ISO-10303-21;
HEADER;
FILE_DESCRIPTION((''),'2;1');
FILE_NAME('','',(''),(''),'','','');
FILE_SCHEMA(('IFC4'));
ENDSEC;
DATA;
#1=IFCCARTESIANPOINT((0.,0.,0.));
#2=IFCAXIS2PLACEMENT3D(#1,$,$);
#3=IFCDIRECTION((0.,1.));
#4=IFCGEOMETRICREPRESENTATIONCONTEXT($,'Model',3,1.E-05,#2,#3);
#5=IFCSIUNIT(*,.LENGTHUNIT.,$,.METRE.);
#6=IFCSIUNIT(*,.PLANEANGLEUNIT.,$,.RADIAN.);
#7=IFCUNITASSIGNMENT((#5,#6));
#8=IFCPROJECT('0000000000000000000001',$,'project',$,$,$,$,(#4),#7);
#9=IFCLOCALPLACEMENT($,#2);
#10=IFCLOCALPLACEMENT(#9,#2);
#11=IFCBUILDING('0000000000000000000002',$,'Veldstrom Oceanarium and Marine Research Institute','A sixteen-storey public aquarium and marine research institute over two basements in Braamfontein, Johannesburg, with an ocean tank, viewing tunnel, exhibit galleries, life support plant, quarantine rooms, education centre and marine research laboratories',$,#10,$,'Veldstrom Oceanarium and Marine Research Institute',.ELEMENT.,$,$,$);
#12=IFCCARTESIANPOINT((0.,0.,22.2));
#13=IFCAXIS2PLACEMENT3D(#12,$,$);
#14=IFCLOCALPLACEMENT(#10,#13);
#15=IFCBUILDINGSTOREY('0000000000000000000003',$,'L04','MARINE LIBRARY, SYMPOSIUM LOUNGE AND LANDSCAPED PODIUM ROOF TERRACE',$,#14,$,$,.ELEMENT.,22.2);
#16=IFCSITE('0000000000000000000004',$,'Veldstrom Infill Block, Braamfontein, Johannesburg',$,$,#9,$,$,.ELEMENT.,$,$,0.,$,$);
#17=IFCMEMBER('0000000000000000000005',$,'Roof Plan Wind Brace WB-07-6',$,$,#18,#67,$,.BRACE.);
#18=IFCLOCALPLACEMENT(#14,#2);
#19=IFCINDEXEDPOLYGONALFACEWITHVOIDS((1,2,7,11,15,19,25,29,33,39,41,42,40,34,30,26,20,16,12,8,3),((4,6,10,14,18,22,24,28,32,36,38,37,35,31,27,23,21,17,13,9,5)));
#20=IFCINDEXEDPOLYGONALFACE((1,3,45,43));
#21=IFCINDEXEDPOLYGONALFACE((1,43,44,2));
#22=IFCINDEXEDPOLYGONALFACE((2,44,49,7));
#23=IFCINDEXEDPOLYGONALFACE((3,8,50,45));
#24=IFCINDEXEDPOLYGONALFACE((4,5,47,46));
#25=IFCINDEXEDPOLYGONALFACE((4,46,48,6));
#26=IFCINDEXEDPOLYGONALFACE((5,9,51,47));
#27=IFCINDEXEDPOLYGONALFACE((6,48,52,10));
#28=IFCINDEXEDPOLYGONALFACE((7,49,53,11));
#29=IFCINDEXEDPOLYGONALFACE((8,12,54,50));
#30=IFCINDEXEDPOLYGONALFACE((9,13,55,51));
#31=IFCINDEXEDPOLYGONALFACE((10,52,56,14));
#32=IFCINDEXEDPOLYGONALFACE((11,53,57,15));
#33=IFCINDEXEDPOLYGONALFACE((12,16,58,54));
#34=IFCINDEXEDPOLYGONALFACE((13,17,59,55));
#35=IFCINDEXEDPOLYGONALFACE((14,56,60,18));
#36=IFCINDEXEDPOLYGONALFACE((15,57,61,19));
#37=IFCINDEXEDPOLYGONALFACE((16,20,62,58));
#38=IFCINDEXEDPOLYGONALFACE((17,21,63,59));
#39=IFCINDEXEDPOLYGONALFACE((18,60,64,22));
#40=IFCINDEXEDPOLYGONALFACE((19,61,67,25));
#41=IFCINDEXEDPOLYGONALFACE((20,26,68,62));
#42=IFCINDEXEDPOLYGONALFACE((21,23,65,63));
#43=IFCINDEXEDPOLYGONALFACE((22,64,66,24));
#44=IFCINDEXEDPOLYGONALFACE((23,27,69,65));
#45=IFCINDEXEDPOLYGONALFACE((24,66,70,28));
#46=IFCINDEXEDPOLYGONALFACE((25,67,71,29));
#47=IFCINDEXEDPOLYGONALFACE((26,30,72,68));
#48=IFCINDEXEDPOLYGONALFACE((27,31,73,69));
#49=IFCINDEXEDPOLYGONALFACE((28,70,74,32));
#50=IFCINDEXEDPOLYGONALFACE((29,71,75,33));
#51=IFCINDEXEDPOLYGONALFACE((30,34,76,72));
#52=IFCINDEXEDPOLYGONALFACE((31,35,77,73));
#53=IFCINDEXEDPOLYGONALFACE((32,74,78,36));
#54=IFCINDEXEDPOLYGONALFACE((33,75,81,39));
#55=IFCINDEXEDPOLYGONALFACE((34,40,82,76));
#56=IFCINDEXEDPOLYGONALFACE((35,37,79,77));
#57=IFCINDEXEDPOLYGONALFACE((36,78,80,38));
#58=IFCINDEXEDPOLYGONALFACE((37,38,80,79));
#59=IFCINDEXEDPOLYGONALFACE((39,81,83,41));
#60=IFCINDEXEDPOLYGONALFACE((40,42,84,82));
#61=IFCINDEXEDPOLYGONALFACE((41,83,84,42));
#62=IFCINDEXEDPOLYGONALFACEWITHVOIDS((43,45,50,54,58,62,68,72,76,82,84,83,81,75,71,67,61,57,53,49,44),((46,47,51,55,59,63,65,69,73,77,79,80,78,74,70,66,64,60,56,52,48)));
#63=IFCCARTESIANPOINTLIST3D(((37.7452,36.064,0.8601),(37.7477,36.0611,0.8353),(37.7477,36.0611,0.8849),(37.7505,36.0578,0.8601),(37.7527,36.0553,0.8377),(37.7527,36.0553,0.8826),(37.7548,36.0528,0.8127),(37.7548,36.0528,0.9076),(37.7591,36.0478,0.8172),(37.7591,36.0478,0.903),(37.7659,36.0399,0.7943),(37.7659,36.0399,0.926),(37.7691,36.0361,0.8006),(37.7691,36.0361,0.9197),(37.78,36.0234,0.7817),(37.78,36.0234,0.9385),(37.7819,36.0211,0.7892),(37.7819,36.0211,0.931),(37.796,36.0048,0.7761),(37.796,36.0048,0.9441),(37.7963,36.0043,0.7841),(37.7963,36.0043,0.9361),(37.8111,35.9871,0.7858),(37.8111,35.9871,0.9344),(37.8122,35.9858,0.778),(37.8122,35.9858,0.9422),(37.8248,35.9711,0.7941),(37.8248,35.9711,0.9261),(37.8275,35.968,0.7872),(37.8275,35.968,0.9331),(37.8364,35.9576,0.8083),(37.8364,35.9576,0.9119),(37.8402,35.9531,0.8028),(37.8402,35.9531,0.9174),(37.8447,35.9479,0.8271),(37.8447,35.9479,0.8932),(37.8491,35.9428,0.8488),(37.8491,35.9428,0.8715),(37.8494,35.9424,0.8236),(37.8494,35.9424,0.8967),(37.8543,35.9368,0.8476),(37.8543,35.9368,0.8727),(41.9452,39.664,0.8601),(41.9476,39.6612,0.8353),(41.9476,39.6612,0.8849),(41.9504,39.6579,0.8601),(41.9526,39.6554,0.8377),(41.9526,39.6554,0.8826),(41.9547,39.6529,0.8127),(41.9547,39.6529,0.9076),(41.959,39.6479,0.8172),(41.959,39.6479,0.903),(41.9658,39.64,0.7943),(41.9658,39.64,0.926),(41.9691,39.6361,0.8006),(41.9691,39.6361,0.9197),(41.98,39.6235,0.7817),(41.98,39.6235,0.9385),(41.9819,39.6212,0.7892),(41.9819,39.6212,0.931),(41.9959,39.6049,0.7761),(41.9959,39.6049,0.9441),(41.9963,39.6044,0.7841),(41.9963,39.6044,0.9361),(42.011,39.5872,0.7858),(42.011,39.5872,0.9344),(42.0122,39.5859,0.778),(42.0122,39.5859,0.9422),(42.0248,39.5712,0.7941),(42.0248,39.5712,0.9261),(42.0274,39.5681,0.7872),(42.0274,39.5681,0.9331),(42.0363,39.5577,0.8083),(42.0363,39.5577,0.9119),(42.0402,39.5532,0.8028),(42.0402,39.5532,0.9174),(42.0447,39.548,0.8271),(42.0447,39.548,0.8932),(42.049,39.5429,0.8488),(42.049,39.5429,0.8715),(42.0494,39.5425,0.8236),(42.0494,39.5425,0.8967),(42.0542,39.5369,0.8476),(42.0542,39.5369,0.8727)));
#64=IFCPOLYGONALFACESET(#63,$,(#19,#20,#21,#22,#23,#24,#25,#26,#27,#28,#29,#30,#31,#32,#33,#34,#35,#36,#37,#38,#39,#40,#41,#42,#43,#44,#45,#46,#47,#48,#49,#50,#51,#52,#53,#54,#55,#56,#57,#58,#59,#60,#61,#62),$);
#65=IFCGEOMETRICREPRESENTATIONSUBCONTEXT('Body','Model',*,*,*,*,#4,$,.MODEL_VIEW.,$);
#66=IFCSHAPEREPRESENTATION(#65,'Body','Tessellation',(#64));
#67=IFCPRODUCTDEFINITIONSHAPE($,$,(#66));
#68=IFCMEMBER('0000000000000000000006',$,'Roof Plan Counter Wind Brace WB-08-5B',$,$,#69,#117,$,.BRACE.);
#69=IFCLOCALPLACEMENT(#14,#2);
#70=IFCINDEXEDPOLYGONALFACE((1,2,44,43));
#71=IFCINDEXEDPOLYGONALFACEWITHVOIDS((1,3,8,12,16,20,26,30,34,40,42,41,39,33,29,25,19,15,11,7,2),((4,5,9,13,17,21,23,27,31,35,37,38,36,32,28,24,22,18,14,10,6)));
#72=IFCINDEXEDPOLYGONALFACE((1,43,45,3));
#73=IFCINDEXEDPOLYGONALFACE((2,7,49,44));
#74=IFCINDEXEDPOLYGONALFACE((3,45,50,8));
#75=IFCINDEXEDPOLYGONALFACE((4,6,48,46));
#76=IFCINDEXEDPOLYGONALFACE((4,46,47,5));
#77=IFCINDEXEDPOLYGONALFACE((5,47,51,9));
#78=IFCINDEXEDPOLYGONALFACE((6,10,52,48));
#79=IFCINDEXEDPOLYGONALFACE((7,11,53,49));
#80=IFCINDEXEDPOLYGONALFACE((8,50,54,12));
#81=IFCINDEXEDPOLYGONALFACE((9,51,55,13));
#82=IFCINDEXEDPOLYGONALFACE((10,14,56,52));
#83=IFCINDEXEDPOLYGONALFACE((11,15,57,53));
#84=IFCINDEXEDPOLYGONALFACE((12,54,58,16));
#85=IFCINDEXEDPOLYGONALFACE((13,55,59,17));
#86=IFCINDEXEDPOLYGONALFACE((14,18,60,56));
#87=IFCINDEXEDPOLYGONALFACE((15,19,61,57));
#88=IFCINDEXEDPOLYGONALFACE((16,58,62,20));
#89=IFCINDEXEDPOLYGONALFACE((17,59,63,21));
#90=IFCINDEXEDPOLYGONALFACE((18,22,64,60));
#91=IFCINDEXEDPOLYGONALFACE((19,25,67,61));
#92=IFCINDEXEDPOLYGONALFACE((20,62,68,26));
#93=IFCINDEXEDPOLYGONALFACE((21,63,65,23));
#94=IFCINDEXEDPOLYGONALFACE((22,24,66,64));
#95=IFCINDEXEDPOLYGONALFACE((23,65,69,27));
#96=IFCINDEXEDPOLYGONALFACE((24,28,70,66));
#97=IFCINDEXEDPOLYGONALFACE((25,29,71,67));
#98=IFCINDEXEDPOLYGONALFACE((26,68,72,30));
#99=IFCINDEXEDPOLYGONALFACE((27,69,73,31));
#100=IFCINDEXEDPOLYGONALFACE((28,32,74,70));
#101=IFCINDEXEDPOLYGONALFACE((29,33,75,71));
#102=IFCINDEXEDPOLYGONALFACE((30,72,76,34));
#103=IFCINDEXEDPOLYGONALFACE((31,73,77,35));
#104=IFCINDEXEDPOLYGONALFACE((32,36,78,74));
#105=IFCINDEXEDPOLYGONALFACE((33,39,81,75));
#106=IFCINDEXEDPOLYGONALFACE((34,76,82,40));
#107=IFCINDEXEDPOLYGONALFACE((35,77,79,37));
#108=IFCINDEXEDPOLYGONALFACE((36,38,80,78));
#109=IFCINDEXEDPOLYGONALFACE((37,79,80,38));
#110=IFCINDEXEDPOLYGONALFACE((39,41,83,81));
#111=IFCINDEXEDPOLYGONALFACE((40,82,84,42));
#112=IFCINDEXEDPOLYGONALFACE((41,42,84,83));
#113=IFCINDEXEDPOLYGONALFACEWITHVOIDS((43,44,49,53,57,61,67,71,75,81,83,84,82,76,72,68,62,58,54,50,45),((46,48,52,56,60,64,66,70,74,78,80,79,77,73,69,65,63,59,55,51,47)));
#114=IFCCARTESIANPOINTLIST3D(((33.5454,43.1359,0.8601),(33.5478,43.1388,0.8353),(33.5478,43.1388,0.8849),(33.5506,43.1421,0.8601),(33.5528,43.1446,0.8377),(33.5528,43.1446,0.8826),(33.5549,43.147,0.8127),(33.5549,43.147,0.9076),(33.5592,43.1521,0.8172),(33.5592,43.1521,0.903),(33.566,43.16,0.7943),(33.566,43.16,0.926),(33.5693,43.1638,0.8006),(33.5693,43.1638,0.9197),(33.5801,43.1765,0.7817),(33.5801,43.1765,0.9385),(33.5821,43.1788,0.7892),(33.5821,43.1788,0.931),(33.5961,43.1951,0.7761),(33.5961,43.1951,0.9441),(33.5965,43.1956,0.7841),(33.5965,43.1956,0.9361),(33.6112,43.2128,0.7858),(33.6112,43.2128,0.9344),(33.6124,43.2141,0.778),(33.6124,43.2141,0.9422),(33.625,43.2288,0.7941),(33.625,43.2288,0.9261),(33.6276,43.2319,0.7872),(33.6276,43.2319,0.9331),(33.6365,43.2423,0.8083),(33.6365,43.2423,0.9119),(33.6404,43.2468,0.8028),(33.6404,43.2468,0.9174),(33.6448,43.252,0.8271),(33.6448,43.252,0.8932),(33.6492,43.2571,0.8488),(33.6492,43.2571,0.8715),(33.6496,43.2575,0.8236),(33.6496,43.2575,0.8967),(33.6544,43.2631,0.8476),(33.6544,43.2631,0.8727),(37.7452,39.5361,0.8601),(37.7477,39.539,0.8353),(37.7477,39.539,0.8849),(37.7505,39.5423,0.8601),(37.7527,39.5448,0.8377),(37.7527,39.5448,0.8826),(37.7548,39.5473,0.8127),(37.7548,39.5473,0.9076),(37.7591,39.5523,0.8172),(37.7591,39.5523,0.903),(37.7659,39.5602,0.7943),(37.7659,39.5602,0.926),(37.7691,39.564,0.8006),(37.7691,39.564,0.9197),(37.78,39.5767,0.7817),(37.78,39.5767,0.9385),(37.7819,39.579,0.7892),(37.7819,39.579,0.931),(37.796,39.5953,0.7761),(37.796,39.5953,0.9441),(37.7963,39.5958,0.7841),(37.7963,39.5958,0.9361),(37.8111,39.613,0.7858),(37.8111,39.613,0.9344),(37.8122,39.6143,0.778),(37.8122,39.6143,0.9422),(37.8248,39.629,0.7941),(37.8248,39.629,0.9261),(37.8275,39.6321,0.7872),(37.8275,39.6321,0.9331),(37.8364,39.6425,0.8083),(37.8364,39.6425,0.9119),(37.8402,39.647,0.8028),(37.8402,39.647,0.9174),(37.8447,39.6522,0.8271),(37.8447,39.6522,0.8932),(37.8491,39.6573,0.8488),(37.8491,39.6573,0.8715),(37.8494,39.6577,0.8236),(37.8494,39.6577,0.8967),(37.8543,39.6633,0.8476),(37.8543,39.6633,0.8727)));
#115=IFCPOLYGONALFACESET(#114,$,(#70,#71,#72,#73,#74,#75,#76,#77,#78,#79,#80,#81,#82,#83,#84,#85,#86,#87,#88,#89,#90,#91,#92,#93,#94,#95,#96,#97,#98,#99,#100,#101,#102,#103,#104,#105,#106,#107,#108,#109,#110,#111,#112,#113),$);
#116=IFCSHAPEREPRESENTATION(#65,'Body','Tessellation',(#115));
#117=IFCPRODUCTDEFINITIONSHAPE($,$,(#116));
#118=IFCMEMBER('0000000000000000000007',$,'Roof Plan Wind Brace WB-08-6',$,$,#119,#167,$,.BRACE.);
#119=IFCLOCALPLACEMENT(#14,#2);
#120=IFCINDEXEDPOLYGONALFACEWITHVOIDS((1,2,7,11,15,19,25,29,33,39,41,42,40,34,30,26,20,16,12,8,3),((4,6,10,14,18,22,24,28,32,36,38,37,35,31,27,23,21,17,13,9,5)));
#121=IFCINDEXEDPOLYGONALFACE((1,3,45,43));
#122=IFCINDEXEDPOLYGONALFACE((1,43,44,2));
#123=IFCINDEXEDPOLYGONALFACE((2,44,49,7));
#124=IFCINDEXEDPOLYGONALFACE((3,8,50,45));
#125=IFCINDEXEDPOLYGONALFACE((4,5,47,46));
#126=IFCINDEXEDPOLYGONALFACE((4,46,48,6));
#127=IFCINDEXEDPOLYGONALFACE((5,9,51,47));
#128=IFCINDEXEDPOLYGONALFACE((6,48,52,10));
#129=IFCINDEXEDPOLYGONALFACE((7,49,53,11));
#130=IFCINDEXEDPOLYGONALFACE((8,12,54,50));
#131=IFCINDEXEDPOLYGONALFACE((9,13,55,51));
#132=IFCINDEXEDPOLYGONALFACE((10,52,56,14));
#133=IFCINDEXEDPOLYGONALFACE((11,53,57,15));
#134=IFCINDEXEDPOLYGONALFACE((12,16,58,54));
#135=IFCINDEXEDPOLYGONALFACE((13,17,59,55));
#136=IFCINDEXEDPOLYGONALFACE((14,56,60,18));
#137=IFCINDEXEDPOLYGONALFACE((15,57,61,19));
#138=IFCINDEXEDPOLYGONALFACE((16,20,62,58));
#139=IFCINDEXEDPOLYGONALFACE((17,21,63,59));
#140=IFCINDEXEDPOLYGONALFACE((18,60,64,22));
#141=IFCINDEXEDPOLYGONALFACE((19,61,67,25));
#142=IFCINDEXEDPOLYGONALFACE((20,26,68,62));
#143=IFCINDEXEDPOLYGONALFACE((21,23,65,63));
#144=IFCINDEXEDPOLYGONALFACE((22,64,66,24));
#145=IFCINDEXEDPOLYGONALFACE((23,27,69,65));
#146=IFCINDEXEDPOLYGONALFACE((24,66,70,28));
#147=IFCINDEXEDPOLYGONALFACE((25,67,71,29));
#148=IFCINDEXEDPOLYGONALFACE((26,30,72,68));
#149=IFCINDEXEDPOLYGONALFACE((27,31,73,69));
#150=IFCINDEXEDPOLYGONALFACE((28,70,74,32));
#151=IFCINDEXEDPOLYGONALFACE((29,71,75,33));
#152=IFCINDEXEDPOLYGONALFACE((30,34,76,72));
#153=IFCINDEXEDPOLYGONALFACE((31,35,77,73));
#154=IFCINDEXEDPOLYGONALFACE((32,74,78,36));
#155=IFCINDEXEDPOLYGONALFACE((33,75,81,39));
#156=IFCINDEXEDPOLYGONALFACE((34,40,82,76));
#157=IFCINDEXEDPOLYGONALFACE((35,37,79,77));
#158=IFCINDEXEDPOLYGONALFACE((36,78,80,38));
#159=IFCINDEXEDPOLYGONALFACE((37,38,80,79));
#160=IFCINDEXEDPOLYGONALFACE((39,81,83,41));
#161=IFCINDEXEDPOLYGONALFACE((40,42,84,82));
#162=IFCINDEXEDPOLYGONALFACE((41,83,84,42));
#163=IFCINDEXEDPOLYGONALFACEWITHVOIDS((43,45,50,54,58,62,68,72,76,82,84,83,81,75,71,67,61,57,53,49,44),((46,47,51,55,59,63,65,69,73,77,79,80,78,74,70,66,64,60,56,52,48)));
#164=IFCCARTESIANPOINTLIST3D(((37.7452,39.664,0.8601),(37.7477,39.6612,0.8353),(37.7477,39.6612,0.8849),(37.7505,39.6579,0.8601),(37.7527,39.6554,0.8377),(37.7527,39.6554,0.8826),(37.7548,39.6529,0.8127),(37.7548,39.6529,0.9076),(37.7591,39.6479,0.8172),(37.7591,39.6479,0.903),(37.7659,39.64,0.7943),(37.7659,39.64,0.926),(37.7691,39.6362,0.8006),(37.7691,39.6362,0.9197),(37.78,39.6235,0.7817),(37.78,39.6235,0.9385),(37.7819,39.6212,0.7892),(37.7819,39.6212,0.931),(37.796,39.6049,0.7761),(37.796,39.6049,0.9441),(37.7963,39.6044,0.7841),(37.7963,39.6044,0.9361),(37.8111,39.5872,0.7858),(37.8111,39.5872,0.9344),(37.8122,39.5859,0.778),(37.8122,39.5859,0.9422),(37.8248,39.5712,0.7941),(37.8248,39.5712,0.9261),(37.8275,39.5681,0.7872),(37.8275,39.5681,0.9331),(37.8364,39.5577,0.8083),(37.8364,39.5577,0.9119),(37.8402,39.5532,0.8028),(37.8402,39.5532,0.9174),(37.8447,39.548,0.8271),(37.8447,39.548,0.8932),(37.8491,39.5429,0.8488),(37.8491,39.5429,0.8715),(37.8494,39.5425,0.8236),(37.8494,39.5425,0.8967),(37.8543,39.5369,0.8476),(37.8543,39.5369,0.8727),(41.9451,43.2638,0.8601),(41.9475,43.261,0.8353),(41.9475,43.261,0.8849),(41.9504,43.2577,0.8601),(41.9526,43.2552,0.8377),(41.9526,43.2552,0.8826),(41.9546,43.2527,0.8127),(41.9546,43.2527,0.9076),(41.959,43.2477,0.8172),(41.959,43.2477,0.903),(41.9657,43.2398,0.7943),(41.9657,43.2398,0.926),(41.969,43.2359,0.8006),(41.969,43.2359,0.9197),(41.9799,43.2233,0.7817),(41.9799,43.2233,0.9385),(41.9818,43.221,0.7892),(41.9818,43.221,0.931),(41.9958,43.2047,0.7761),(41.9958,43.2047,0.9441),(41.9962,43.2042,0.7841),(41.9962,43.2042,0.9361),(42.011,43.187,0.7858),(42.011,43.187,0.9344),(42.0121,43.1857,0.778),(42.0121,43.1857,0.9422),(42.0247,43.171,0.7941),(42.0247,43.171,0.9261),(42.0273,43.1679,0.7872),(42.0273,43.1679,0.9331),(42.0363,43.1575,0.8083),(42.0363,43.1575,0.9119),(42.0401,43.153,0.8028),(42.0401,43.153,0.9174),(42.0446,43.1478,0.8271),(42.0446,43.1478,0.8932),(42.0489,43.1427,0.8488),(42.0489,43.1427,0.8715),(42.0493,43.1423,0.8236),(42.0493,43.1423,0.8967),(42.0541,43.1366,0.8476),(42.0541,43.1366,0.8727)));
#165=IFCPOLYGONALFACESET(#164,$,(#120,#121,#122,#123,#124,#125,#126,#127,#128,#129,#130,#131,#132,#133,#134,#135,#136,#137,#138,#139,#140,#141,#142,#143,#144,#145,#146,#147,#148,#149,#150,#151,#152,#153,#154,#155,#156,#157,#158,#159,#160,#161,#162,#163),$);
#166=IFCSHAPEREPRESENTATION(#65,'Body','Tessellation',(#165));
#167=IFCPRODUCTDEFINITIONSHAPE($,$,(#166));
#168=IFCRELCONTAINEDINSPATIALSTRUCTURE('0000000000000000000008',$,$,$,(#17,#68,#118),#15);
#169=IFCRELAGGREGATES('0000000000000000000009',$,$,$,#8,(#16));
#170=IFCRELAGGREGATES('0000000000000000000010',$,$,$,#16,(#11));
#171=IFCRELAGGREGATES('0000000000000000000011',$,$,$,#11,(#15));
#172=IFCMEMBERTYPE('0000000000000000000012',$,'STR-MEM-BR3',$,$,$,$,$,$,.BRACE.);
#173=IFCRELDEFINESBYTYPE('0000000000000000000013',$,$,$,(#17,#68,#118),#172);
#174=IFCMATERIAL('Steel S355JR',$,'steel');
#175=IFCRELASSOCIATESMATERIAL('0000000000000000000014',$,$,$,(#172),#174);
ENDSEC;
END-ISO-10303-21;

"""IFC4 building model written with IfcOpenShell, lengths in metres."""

from ifc_helpers import new_model, si_unit, direction, frame, origin, origin_2d, place, context, subcontext, project, spatial, hollow_circle, extrude, material, material_profile, profile_set, type_object, element, save


model = new_model("IFC4")

# Units and contexts
model_context = context("Model", 3, precision=1e-05, world=origin(), true_north=direction((0.0, 1.0)))
body_context = subcontext(model_context, "Body", "Model", "MODEL_VIEW")
ifc_project = project(units=[si_unit("LENGTHUNIT", "METRE"), si_unit("PLANEANGLEUNIT", "RADIAN")], contexts=[model_context])

# Site, building, storey
site_placement = place(None, origin())
site = spatial("IfcSite", under=ifc_project, at=site_placement, Name="Veldstrom Infill Block, Braamfontein, Johannesburg", CompositionType="ELEMENT", RefElevation=0.0)
building_placement = place(site_placement, origin())
building = spatial("IfcBuilding", under=site, at=building_placement, Name="Veldstrom Oceanarium and Marine Research Institute", Description="A sixteen-storey public aquarium and marine research institute over two basements in Braamfontein, Johannesburg, with an ocean tank, viewing tunnel, exhibit galleries, life support plant, quarantine rooms, education centre and marine research laboratories", LongName="Veldstrom Oceanarium and Marine Research Institute", CompositionType="ELEMENT")
storey_placement = place(building_placement, frame((0.0, 0.0, 22.2)))
storey = spatial("IfcBuildingStorey", under=building, at=storey_placement, Name="L04", Description="MARINE LIBRARY, SYMPOSIUM LOUNGE AND LANDSCAPED PODIUM ROOF TERRACE", CompositionType="ELEMENT", Elevation=22.2)

# Members
ifc_material_1 = material(Name="Steel S355JR", Category="steel")
ifc_material_profile_1 = material_profile(ifc_material_1, hollow_circle(Radius=0.0842, WallThickness=0.0081, at=origin_2d()), Name="CHS 168.3x8")
ifc_profile_set_1 = profile_set([ifc_material_profile_1], Name="Steel S355JR")
member_type_1 = type_object("IfcMemberType", Name="STR-MEM-BR3", PredefinedType="BRACE", material=ifc_profile_set_1)
for number, where, z_axis, x_axis, name in (
    (1, (37.8, 36.0, 0.8601), (0.759244, 0.650806, 0.0), (-0.650806, 0.759244, 0.0), "Roof Plan Wind Brace WB-07-6"),
):
    element("IfcMember", number, at=place(storey_placement, frame(where, z_axis=z_axis, x_axis=x_axis)), inside=storey, type_object=member_type_1, Name=name, PredefinedType="BRACE", context=body_context, shape_type="SweptSolid", body=[
        extrude(hollow_circle(Radius=0.0842, WallThickness=0.0081, at=origin_2d()), origin(), (0.0, 0.0, 1.0), 5.5317),
    ])
for number, where, z_axis, x_axis, name in (
    (2, (37.8, 39.6001, 0.8601), (-0.759266, 0.65078, 0.0), (-0.65078, -0.759266, 0.0), "Roof Plan Counter Wind Brace WB-08-5B"),
    (3, (37.8, 39.6001, 0.8601), (0.759266, 0.65078, 0.0), (-0.65078, 0.759266, 0.0), "Roof Plan Wind Brace WB-08-6"),
):
    element("IfcMember", number, at=place(storey_placement, frame(where, z_axis=z_axis, x_axis=x_axis)), inside=storey, type_object=member_type_1, Name=name, PredefinedType="BRACE", context=body_context, shape_type="SweptSolid", body=[
        extrude(hollow_circle(Radius=0.0842, WallThickness=0.0081, at=origin_2d()), origin(), (0.0, 0.0, 1.0), 5.5315),
    ])

save(model, "model.ifc")
